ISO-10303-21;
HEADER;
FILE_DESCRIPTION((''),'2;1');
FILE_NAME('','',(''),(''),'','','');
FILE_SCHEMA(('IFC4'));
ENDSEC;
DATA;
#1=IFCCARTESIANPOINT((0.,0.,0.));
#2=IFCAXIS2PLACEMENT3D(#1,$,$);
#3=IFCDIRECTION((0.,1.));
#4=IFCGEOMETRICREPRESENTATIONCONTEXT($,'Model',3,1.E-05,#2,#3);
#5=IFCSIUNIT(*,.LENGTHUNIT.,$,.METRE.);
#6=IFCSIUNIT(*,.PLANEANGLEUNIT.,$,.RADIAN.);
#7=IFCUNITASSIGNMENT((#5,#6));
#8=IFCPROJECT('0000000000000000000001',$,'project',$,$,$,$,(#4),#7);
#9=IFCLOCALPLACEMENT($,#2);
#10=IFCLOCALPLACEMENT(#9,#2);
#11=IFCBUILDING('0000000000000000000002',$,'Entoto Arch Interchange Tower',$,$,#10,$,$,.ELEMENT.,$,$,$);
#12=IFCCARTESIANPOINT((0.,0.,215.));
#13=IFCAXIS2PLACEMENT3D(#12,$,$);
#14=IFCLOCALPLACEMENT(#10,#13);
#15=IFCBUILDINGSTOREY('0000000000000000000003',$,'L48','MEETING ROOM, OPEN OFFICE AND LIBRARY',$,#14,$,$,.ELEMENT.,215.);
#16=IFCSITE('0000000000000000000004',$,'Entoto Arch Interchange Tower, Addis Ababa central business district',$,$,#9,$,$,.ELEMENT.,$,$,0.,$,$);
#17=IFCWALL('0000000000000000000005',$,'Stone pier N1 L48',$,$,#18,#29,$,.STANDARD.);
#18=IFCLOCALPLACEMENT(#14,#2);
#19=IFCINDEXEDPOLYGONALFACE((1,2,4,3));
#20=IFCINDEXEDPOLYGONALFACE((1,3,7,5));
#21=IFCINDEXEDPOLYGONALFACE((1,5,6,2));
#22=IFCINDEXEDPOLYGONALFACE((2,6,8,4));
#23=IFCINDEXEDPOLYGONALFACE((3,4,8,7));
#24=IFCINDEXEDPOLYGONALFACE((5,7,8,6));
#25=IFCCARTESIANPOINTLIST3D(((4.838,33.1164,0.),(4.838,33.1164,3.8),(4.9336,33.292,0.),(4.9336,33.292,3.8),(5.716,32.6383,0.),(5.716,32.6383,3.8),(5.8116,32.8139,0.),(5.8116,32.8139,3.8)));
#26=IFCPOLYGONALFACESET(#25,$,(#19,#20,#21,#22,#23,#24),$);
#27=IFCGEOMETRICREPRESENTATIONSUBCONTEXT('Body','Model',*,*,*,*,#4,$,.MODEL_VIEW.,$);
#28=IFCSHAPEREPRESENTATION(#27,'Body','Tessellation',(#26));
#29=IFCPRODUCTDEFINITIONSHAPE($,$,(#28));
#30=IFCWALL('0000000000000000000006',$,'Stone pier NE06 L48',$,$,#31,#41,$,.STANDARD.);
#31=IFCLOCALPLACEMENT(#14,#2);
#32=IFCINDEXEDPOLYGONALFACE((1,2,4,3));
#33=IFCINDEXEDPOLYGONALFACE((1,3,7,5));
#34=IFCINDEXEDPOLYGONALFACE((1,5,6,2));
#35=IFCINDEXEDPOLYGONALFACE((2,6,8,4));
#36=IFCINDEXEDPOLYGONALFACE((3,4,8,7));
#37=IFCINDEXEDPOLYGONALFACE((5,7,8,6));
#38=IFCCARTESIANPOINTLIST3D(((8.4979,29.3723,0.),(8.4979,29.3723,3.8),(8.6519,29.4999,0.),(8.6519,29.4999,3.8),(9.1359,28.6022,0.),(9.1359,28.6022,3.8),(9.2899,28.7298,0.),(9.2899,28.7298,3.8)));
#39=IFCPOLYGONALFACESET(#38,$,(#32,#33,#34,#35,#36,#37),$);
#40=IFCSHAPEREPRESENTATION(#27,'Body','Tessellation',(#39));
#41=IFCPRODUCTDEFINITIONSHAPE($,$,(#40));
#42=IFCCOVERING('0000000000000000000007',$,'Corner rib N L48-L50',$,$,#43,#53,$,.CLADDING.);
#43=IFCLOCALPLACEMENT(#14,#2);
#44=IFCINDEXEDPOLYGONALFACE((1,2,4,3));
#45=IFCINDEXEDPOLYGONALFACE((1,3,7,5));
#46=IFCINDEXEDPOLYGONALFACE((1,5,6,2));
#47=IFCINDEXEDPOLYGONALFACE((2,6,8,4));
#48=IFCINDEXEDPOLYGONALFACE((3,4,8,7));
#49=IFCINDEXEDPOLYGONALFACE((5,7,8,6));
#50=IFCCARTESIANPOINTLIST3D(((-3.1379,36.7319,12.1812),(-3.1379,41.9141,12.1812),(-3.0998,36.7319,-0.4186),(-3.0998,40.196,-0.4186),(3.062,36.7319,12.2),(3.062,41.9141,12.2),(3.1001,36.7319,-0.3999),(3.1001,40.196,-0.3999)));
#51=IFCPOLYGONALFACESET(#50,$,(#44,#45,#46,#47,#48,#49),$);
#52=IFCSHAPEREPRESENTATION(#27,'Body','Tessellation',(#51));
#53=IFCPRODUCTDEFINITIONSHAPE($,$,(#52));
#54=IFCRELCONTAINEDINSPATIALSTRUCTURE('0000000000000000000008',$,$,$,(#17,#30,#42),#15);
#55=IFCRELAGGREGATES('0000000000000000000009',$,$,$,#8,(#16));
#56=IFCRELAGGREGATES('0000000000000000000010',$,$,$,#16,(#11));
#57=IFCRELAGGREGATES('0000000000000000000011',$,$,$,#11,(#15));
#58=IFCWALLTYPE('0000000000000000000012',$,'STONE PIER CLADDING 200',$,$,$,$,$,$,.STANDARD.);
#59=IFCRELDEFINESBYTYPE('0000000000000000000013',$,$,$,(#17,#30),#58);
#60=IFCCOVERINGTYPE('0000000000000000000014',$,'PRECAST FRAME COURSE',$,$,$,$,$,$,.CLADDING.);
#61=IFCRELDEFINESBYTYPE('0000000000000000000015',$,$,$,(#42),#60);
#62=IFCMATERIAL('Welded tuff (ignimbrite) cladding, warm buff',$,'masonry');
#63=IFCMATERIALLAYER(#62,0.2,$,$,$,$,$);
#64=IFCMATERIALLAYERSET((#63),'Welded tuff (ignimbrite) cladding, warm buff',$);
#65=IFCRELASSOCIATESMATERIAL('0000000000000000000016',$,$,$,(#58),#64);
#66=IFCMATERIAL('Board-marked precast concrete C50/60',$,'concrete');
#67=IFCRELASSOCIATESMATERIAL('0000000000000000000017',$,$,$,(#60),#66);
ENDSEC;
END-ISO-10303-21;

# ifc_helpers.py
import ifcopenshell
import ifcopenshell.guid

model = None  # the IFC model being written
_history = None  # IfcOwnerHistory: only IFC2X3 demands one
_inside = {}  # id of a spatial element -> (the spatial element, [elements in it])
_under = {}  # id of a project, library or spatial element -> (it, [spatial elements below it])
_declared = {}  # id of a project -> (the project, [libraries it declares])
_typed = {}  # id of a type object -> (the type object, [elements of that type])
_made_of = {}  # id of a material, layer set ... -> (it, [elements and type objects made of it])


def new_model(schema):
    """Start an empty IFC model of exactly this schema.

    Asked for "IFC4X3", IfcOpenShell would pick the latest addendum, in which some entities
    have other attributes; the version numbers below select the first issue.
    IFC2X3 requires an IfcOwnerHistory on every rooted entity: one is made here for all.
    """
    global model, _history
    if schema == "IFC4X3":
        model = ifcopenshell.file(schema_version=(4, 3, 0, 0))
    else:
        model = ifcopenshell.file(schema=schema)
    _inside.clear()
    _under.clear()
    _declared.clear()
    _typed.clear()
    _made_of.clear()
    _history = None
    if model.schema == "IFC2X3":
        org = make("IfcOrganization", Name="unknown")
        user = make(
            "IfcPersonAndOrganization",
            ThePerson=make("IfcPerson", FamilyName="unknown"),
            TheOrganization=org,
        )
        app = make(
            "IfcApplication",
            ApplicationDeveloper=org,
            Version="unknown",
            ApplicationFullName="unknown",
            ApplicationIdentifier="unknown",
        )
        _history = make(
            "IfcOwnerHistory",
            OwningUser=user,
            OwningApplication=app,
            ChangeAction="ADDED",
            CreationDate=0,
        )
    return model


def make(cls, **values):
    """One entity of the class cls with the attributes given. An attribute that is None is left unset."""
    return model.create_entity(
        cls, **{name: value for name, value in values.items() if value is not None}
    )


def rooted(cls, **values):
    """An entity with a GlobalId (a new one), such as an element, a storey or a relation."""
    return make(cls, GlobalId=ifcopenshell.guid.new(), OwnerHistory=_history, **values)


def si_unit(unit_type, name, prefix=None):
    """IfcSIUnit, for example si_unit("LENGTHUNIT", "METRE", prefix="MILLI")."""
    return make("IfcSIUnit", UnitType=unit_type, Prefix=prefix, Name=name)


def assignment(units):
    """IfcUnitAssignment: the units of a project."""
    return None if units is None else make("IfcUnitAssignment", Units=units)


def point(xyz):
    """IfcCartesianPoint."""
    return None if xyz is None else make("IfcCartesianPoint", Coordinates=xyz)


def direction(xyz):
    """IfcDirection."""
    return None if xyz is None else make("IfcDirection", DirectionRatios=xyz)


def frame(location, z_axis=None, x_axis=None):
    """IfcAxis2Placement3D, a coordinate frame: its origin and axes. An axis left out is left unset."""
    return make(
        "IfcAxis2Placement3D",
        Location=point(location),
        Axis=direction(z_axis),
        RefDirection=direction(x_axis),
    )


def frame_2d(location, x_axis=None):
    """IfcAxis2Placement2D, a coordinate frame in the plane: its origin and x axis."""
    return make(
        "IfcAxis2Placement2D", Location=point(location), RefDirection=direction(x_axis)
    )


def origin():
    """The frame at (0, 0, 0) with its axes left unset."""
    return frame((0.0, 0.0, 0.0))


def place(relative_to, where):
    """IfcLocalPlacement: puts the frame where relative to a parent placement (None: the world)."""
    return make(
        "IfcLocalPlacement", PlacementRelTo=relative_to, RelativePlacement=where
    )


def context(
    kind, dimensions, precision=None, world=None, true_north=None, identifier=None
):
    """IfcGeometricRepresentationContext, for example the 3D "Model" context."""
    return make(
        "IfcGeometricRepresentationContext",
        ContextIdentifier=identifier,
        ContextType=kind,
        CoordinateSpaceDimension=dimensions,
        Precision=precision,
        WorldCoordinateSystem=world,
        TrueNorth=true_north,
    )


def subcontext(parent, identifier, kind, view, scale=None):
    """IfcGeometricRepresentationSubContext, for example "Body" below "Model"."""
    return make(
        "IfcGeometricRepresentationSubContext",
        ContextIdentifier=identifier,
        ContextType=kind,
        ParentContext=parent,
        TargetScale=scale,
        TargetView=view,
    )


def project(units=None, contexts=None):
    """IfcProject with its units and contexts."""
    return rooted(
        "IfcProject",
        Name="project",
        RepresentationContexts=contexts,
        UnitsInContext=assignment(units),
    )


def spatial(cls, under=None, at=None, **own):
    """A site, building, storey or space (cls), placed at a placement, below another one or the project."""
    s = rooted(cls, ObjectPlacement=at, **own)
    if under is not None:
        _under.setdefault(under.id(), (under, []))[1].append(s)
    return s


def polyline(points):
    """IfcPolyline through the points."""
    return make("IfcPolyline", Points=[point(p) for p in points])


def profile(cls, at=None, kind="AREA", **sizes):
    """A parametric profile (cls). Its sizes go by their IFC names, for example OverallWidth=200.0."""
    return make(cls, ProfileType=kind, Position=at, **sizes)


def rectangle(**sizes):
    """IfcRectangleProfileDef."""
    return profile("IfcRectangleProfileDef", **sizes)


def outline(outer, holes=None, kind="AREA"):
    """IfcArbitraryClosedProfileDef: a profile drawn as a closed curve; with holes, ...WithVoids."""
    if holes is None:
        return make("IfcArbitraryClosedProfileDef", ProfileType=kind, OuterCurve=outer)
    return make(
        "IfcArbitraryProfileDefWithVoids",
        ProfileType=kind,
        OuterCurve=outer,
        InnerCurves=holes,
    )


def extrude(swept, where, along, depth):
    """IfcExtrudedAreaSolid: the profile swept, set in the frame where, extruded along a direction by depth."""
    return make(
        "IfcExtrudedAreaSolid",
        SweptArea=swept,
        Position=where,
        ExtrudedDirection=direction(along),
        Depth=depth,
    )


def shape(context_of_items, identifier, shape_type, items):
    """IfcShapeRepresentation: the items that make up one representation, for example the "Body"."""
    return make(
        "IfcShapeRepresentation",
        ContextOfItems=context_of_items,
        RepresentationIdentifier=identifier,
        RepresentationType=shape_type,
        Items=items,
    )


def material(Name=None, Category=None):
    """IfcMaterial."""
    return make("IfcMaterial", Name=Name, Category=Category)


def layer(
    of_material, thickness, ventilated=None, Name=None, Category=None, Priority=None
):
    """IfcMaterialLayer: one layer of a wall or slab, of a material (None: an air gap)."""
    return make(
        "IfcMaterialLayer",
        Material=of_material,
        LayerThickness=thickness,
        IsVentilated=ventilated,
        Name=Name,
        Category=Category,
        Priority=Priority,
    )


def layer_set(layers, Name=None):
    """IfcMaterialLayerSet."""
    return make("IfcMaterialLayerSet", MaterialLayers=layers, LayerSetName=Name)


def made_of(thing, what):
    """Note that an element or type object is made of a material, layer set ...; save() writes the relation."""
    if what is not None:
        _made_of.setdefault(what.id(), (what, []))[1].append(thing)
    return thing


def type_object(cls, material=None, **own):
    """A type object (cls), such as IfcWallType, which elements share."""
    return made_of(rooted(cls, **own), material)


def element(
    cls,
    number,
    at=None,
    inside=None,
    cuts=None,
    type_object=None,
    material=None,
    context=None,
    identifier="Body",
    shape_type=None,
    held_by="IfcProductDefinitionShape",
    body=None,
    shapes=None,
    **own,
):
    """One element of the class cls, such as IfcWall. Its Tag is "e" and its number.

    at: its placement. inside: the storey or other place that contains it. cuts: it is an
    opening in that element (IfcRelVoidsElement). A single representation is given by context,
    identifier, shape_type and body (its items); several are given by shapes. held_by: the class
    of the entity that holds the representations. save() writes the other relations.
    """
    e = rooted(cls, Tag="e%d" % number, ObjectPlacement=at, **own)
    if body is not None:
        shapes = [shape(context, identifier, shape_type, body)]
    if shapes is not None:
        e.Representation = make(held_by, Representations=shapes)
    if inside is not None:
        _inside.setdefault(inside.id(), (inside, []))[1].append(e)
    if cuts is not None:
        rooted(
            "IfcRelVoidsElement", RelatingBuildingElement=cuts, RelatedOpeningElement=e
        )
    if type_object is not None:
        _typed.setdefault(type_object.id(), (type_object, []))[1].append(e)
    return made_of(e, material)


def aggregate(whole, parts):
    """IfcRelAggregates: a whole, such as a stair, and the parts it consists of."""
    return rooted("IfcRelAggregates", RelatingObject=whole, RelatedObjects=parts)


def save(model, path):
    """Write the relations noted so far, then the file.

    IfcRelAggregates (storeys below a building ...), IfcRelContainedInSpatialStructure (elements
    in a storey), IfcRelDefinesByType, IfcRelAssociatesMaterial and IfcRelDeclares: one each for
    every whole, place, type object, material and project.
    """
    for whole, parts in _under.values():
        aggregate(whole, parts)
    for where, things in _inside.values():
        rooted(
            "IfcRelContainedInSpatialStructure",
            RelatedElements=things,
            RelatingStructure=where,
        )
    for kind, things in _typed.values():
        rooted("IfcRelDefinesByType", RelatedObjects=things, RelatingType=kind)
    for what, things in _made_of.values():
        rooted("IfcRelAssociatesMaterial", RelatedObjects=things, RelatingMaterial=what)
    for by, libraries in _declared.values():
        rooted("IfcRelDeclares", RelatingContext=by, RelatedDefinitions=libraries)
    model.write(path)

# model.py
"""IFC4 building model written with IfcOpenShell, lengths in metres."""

from ifc_helpers import new_model, si_unit, direction, frame, frame_2d, origin, place, context, subcontext, project, spatial, polyline, rectangle, outline, extrude, material, layer, layer_set, type_object, element, save


model = new_model("IFC4")

# Units and contexts
model_context = context("Model", 3, precision=1e-05, world=origin(), true_north=direction((0.0, 1.0)))
body_context = subcontext(model_context, "Body", "Model", "MODEL_VIEW")
ifc_project = project(units=[si_unit("LENGTHUNIT", "METRE"), si_unit("PLANEANGLEUNIT", "RADIAN")], contexts=[model_context])

# Site, building, storey
site_placement = place(None, origin())
site = spatial("IfcSite", under=ifc_project, at=site_placement, Name="Entoto Arch Interchange Tower, Addis Ababa central business district", CompositionType="ELEMENT", RefElevation=0.0)
building_placement = place(site_placement, origin())
building = spatial("IfcBuilding", under=site, at=building_placement, Name="Entoto Arch Interchange Tower", CompositionType="ELEMENT")
storey_placement = place(building_placement, frame((0.0, 0.0, 215.0)))
storey = spatial("IfcBuildingStorey", under=building, at=storey_placement, Name="L48", Description="MEETING ROOM, OPEN OFFICE AND LIBRARY", CompositionType="ELEMENT", Elevation=215.0)

# Shared definitions
ifc_material_1 = material(Name="Welded tuff (ignimbrite) cladding, warm buff", Category="masonry")

# Walls
ifc_layer_1 = layer(ifc_material_1, 0.2)
ifc_layer_set_1 = layer_set([ifc_layer_1], Name="Welded tuff (ignimbrite) cladding, warm buff")
wall_type_1 = type_object("IfcWallType", Name="STONE PIER CLADDING 200", PredefinedType="STANDARD", material=ifc_layer_set_1)
wall_1_placement = place(storey_placement, frame((5.7639, 32.7261, 0.0), z_axis=(0.0, 0.0, 1.0), x_axis=(-0.87825, 0.478202, 0.0)))
element("IfcWall", 1, at=wall_1_placement, inside=storey, type_object=wall_type_1, Name="Stone pier N1 L48", PredefinedType="STANDARD", context=body_context, shape_type="SweptSolid", body=[
    extrude(rectangle(XDim=0.9998, YDim=0.2, at=frame_2d((0.5, 0.0))), origin(), (0.0, 0.0, 1.0), 3.8),
])
wall_2_placement = place(storey_placement, frame((9.2129, 28.666, 0.0), z_axis=(0.0, 0.0, 1.0), x_axis=(-0.637972, 0.770059, 0.0)))
element("IfcWall", 2, at=wall_2_placement, inside=storey, type_object=wall_type_1, Name="Stone pier NE06 L48", PredefinedType="STANDARD", context=body_context, shape_type="SweptSolid", body=[
    extrude(rectangle(XDim=1.0, YDim=0.2, at=frame_2d((0.5, 0.0))), origin(), (0.0, 0.0, 1.0), 3.8),
])

# Covering
ifc_material_2 = material(Name="Board-marked precast concrete C50/60", Category="concrete")
covering_type = type_object("IfcCoveringType", Name="PRECAST FRAME COURSE", PredefinedType="CLADDING", material=ifc_material_2)
covering_placement = place(storey_placement, frame((3.1001, 36.7319, -0.3999), z_axis=(0.999995, 0.0, 0.003023), x_axis=(0.0, 1.0, 0.0)))
element("IfcCovering", 3, at=covering_placement, inside=storey, type_object=covering_type, Name="Corner rib N L48-L50", PredefinedType="CLADDING", context=body_context, shape_type="SweptSolid", body=[
    extrude(outline(polyline([(0.0, 0.0), (3.4641, 0.0), (5.1821, 12.5999), (0.0, 12.5999), (0.0, 0.0)])), origin(), (0.0, 0.0, -1.0), 6.2),
])

save(model, "model.ifc")
